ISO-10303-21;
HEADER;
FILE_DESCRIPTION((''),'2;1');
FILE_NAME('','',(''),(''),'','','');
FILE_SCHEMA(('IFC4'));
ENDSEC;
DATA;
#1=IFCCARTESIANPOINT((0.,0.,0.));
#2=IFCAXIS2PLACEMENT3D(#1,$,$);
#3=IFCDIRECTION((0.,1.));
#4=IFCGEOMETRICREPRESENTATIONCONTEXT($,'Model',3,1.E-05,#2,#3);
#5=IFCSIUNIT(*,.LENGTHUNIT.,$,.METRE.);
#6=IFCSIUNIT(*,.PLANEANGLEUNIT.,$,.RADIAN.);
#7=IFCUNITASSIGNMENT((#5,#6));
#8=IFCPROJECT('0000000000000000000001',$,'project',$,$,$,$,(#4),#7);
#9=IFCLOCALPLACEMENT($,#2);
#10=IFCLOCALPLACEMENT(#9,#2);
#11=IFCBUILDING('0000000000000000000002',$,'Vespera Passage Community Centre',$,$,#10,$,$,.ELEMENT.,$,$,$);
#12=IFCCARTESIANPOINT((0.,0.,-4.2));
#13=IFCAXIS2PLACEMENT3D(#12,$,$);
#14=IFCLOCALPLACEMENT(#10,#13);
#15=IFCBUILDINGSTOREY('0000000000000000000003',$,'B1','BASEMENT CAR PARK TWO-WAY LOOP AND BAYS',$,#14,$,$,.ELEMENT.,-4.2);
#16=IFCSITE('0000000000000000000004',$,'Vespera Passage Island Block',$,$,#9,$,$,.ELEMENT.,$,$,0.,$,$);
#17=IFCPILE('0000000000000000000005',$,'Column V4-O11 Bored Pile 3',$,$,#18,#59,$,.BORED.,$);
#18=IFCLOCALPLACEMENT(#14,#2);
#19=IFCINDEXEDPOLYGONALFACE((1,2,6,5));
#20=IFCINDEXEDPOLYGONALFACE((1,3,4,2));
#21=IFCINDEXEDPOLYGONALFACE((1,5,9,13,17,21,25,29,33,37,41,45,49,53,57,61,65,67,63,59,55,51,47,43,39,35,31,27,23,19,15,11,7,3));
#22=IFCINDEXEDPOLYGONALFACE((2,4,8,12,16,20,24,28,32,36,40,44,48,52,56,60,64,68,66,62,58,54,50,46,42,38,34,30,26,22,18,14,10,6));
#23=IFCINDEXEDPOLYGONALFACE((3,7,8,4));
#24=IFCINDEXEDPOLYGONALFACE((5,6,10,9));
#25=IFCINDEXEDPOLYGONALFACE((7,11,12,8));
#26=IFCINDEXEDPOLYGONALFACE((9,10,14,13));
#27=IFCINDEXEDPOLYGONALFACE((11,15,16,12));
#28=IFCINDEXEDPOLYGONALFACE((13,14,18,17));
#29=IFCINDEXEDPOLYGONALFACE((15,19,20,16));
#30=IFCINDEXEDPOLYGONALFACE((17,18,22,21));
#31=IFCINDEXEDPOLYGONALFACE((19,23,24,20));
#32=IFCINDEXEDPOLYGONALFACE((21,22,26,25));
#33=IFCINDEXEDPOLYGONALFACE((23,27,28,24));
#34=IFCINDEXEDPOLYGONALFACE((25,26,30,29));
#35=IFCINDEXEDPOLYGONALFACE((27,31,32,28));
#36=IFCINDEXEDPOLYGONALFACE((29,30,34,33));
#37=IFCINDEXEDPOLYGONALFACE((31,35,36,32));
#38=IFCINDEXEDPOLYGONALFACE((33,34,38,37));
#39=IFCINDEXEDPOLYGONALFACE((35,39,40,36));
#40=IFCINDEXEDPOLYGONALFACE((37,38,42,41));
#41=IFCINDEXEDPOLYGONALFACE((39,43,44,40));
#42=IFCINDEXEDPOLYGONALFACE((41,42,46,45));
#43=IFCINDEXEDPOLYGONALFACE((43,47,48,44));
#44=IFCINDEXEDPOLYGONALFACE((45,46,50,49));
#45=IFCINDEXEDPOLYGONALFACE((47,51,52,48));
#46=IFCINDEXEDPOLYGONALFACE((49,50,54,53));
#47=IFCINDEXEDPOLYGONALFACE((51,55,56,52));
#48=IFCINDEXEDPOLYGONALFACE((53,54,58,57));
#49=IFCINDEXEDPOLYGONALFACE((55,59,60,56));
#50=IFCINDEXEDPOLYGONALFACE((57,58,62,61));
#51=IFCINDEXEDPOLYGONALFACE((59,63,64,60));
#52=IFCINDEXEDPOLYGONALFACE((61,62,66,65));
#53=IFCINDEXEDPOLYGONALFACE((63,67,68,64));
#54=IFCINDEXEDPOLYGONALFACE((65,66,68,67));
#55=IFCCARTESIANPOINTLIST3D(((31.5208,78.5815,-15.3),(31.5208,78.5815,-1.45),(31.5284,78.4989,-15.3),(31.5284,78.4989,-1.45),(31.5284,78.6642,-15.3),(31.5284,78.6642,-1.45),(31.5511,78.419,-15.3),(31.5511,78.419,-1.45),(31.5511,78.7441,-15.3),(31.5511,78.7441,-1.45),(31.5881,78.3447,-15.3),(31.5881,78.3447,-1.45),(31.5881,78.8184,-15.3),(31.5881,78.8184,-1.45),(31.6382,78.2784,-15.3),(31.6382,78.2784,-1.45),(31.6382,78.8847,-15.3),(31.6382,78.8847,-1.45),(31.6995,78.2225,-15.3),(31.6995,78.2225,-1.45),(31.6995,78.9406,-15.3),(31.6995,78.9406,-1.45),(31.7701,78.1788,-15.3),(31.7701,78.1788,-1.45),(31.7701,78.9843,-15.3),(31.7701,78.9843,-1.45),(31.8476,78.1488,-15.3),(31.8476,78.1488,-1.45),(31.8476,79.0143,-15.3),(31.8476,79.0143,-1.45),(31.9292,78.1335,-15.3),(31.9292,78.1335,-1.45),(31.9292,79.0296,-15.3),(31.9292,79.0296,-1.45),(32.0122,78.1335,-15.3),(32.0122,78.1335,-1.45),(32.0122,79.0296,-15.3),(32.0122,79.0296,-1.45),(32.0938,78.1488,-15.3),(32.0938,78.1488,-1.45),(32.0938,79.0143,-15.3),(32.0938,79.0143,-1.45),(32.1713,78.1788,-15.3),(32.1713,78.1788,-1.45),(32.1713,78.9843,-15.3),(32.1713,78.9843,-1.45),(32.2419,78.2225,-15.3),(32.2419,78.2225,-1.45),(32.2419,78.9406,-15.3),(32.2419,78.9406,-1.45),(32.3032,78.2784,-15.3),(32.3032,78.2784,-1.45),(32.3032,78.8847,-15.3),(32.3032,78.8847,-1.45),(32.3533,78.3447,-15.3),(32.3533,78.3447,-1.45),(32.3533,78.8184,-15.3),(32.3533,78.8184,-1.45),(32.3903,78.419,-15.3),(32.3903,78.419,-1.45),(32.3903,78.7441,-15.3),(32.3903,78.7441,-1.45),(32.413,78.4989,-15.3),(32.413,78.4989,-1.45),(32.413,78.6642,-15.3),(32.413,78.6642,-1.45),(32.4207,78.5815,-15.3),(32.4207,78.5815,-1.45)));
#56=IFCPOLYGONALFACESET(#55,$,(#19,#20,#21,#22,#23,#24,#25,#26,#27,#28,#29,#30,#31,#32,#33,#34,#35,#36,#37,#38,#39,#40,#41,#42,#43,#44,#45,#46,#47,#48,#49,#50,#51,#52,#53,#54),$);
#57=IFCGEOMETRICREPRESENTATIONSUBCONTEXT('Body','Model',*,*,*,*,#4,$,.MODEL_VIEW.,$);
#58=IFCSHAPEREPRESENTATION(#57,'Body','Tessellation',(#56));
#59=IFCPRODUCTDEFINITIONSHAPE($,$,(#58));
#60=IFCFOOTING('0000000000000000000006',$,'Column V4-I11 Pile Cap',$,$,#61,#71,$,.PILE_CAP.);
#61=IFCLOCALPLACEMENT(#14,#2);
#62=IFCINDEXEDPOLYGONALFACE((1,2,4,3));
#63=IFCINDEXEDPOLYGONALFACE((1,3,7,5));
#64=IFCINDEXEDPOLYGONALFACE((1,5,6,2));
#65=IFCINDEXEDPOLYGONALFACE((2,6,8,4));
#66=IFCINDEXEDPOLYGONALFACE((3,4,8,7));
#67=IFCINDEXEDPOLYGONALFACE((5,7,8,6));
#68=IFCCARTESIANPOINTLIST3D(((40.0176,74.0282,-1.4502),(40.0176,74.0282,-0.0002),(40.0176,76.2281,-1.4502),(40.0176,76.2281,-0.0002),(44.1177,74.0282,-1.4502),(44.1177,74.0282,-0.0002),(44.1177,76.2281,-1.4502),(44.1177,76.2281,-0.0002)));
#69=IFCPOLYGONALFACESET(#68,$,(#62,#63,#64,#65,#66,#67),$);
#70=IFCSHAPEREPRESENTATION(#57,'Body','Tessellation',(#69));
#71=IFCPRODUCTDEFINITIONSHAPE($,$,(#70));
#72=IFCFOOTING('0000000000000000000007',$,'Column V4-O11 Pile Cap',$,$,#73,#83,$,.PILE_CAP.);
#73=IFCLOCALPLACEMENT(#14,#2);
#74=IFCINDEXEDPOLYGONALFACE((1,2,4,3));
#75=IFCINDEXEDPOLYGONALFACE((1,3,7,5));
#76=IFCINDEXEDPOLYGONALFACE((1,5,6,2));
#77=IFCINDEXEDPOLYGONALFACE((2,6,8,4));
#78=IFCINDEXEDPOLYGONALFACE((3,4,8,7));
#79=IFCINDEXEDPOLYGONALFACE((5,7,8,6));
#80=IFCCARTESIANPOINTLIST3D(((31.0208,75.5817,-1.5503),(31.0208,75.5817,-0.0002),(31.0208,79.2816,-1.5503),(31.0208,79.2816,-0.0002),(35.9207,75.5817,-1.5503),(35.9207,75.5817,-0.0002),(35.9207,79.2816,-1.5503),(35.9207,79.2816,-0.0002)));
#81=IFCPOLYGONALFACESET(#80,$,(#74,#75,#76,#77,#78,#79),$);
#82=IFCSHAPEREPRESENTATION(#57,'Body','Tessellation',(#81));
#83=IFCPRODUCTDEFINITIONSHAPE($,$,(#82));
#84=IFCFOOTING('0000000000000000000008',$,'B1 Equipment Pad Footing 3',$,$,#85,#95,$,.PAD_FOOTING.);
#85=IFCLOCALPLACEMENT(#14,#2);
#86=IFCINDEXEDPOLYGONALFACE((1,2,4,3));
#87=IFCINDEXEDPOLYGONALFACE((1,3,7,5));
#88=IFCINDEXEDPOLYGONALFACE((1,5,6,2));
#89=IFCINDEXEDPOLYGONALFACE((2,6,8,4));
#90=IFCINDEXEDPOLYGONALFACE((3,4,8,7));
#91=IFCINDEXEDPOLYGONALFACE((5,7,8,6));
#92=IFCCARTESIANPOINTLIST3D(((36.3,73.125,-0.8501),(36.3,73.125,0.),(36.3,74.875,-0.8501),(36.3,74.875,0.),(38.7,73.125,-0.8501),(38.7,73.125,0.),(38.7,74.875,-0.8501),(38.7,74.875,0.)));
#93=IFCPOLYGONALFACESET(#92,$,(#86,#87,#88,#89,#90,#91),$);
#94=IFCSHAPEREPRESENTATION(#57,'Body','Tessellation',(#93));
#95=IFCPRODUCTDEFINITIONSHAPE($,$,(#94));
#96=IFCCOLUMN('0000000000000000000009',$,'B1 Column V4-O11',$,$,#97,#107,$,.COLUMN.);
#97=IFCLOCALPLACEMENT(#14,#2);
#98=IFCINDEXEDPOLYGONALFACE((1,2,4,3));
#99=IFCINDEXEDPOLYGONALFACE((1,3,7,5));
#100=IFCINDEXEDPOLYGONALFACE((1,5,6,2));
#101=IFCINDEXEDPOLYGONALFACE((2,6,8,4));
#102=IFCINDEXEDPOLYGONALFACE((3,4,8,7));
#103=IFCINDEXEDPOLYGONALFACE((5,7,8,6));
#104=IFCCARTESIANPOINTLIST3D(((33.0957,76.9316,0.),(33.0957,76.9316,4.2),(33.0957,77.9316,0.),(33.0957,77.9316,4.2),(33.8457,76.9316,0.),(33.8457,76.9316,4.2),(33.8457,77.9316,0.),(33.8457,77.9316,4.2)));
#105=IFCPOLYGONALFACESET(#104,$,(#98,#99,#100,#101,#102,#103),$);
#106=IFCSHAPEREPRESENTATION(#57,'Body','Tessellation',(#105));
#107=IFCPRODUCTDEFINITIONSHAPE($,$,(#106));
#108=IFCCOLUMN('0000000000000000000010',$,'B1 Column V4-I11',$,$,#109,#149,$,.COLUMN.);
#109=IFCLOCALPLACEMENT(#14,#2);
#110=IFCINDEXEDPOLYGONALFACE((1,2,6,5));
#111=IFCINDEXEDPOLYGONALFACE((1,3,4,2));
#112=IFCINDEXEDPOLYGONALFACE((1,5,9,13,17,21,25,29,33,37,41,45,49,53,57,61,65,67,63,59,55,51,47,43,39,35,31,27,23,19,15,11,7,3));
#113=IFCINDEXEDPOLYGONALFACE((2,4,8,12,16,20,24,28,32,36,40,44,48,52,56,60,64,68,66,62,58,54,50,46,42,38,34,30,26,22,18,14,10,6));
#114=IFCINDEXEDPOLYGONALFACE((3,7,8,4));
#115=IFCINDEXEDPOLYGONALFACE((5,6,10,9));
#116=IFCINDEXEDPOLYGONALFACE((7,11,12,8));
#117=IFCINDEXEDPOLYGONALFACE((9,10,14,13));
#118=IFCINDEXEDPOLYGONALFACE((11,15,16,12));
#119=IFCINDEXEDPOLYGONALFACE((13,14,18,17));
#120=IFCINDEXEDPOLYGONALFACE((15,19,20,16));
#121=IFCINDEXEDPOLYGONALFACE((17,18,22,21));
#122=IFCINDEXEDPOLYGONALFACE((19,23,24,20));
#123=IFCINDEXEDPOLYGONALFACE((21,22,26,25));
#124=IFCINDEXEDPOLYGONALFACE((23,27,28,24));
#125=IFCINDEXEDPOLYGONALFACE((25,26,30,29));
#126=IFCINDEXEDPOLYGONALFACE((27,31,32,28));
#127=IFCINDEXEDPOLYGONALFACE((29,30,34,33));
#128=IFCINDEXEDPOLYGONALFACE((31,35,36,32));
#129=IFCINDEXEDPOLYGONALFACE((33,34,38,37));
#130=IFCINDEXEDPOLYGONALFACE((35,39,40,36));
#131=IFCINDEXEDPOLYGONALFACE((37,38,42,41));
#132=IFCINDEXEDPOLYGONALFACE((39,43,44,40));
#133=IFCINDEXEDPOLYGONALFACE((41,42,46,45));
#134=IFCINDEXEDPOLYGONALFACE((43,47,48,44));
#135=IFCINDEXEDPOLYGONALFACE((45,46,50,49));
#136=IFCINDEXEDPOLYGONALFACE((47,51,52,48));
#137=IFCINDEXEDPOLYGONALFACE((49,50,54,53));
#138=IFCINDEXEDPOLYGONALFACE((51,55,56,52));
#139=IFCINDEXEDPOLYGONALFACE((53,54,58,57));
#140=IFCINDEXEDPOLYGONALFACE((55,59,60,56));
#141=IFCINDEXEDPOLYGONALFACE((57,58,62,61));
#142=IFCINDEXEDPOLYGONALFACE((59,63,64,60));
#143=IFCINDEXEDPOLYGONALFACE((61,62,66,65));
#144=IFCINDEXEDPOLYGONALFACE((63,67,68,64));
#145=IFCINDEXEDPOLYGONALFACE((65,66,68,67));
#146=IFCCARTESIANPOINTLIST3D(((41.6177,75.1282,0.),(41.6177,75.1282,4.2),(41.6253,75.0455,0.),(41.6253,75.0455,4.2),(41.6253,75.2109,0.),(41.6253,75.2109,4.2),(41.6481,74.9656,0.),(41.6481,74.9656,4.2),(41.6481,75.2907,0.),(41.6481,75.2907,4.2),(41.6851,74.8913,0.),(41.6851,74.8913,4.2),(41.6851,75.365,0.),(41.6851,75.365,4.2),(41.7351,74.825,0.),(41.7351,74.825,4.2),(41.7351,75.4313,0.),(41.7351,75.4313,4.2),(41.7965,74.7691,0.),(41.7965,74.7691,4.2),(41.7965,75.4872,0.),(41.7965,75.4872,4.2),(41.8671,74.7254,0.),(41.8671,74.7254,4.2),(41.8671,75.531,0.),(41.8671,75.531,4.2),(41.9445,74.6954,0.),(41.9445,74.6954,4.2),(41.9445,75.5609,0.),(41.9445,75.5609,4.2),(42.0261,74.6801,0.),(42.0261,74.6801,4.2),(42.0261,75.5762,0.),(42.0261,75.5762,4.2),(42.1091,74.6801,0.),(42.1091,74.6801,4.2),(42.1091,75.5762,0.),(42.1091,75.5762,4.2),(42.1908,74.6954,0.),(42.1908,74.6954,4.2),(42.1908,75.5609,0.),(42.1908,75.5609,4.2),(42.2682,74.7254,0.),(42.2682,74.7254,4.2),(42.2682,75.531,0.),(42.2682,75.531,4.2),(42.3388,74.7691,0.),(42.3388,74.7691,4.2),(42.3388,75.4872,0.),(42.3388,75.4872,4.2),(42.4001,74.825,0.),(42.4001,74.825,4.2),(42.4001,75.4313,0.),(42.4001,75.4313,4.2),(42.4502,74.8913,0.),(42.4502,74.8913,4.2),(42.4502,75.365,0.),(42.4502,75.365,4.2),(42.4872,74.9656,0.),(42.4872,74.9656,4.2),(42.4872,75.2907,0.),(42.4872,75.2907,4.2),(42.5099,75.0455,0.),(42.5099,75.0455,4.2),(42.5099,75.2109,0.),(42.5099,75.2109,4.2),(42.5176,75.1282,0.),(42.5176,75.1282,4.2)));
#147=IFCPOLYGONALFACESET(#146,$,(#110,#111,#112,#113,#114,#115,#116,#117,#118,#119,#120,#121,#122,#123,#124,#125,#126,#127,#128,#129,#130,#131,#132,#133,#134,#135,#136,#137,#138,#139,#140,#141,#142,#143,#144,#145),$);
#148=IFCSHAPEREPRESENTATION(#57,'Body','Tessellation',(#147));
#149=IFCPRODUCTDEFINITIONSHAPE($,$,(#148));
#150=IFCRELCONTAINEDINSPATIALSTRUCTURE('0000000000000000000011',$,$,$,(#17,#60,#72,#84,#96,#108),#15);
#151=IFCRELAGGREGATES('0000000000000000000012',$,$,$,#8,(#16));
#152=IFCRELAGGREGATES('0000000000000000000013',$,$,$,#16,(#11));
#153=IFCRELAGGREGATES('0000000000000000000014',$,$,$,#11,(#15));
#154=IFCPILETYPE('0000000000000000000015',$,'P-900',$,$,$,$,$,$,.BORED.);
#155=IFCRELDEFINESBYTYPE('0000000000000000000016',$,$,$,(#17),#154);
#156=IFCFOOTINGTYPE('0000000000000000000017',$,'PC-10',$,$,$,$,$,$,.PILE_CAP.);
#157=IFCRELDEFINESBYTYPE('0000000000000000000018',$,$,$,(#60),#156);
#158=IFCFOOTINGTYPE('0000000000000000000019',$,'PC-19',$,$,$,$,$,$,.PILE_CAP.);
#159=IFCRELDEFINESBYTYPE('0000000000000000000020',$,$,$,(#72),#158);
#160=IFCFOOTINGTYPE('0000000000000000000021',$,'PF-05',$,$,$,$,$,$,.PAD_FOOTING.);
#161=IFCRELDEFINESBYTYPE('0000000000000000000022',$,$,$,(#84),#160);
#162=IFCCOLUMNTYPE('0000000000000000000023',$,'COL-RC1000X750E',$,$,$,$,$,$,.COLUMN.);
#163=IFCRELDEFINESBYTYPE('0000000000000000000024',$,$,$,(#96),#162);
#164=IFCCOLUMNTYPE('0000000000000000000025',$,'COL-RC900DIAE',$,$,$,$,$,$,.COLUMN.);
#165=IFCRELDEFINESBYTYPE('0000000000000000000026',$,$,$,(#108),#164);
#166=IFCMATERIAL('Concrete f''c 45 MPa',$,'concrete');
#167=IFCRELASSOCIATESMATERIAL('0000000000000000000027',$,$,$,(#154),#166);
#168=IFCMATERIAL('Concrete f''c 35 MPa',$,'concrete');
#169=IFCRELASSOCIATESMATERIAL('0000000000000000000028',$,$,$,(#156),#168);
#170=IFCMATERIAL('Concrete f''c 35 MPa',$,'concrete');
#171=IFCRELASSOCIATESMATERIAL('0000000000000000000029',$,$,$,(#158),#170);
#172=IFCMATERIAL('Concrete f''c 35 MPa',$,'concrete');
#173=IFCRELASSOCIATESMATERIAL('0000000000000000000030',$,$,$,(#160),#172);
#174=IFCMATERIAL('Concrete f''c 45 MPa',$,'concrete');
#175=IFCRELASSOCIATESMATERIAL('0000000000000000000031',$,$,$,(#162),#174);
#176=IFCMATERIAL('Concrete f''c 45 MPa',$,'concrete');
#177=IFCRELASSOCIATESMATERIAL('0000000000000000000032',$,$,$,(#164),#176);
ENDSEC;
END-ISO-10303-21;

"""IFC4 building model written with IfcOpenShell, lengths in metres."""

from ifc_helpers import new_model, si_unit, direction, frame, origin, origin_2d, place, context, subcontext, project, spatial, rectangle, circle, extrude, material, material_profile, profile_set, type_object, element, save


model = new_model("IFC4")

# Units and contexts
model_context = context("Model", 3, precision=1e-05, world=origin(), true_north=direction((0.0, 1.0)))
body_context = subcontext(model_context, "Body", "Model", "MODEL_VIEW")
ifc_project = project(units=[si_unit("LENGTHUNIT", "METRE"), si_unit("PLANEANGLEUNIT", "RADIAN")], contexts=[model_context])

# Site, building, storey
site_placement = place(None, origin())
site = spatial("IfcSite", under=ifc_project, at=site_placement, Name="Vespera Passage Island Block", CompositionType="ELEMENT", RefElevation=0.0)
building_placement = place(site_placement, origin())
building = spatial("IfcBuilding", under=site, at=building_placement, Name="Vespera Passage Community Centre", CompositionType="ELEMENT")
storey_placement = place(building_placement, frame((0.0, 0.0, -4.2)))
storey = spatial("IfcBuildingStorey", under=building, at=storey_placement, Name="B1", Description="BASEMENT CAR PARK TWO-WAY LOOP AND BAYS", CompositionType="ELEMENT", Elevation=-4.2)

# Pile
ifc_material_1 = material(Name="Concrete f'c 45 MPa", Category="concrete")
ifc_material_profile_1 = material_profile(ifc_material_1, circle(Radius=0.45, at=origin_2d()), Name="PILE900DIA")
ifc_profile_set_1 = profile_set([ifc_material_profile_1], Name="Concrete f'c 45 MPa")
pile_type = type_object("IfcPileType", Name="P-900", PredefinedType="BORED", material=ifc_profile_set_1)
for number, where, z_axis, x_axis, name in (
    (1, (31.9707, 78.5815, -1.45), (0.0, 0.0, -1.0), (1.0, 0.0, 0.0), "Column V4-O11 Bored Pile 3"),
):
    element("IfcPile", number, at=place(storey_placement, frame(where, z_axis=z_axis, x_axis=x_axis)), inside=storey, type_object=pile_type, Name=name, PredefinedType="BORED", context=body_context, shape_type="SweptSolid", body=[
        extrude(circle(Radius=0.45, at=origin_2d()), origin(), (0.0, 0.0, 1.0), 13.8501),
    ])

# Footings
ifc_material_2 = material(Name="Concrete f'c 35 MPa", Category="concrete")
footing_type_1 = type_object("IfcFootingType", Name="PC-10", PredefinedType="PILE_CAP", material=ifc_material_2)
footing_1_placement = place(storey_placement, frame((42.0676, 75.1282, -1.4502), z_axis=(0.0, 0.0, 1.0), x_axis=(1.0, 0.0, 0.0)))
element("IfcFooting", 2, at=footing_1_placement, inside=storey, type_object=footing_type_1, Name="Column V4-I11 Pile Cap", PredefinedType="PILE_CAP", context=body_context, shape_type="SweptSolid", body=[
    extrude(rectangle(XDim=4.1001, YDim=2.2, at=origin_2d()), origin(), (0.0, 0.0, 1.0), 1.45),
])
ifc_material_3 = material(Name="Concrete f'c 35 MPa", Category="concrete")
footing_type_2 = type_object("IfcFootingType", Name="PC-19", PredefinedType="PILE_CAP", material=ifc_material_3)
footing_2_placement = place(storey_placement, frame((33.4707, 77.4316, -1.5503), z_axis=(0.0, 0.0, 1.0), x_axis=(1.0, 0.0, 0.0)))
element("IfcFooting", 3, at=footing_2_placement, inside=storey, type_object=footing_type_2, Name="Column V4-O11 Pile Cap", PredefinedType="PILE_CAP", context=body_context, shape_type="SweptSolid", body=[
    extrude(rectangle(XDim=4.8999, YDim=3.7, at=origin_2d()), origin(), (0.0, 0.0, 1.0), 1.55),
])
ifc_material_4 = material(Name="Concrete f'c 35 MPa", Category="concrete")
footing_type_3 = type_object("IfcFootingType", Name="PF-05", PredefinedType="PAD_FOOTING", material=ifc_material_4)
footing_3_placement = place(storey_placement, frame((37.5, 74.0, -0.8501), z_axis=(0.0, 0.0, 1.0), x_axis=(1.0, 0.0, 0.0)))
element("IfcFooting", 4, at=footing_3_placement, inside=storey, type_object=footing_type_3, Name="B1 Equipment Pad Footing 3", PredefinedType="PAD_FOOTING", context=body_context, shape_type="SweptSolid", body=[
    extrude(rectangle(XDim=2.3999, YDim=1.75, at=origin_2d()), origin(), (0.0, 0.0, 1.0), 0.8501),
])

# Columns
ifc_material_5 = material(Name="Concrete f'c 45 MPa", Category="concrete")
ifc_material_profile_2 = material_profile(ifc_material_5, rectangle(XDim=0.75, YDim=1.0, at=origin_2d()), Name="RC1000X750")
ifc_profile_set_2 = profile_set([ifc_material_profile_2], Name="Concrete f'c 45 MPa")
column_type_1 = type_object("IfcColumnType", Name="COL-RC1000X750E", PredefinedType="COLUMN", material=ifc_profile_set_2)
column_1_placement = place(storey_placement, frame((33.4707, 77.4316, 0.0), z_axis=(0.0, 0.0, 1.0), x_axis=(1.0, 0.0, 0.0)))
element("IfcColumn", 5, at=column_1_placement, inside=storey, type_object=column_type_1, Name="B1 Column V4-O11", PredefinedType="COLUMN", context=body_context, shape_type="SweptSolid", body=[
    extrude(rectangle(XDim=0.75, YDim=1.0, at=origin_2d()), origin(), (0.0, 0.0, 1.0), 4.2),
])
ifc_material_6 = material(Name="Concrete f'c 45 MPa", Category="concrete")
ifc_material_profile_3 = material_profile(ifc_material_6, circle(Radius=0.45, at=origin_2d()), Name="RC900DIA")
ifc_profile_set_3 = profile_set([ifc_material_profile_3], Name="Concrete f'c 45 MPa")
column_type_2 = type_object("IfcColumnType", Name="COL-RC900DIAE", PredefinedType="COLUMN", material=ifc_profile_set_3)
column_2_placement = place(storey_placement, frame((42.0676, 75.1282, 0.0), z_axis=(0.0, 0.0, 1.0), x_axis=(1.0, 0.0, 0.0)))
element("IfcColumn", 6, at=column_2_placement, inside=storey, type_object=column_type_2, Name="B1 Column V4-I11", PredefinedType="COLUMN", context=body_context, shape_type="SweptSolid", body=[
    extrude(circle(Radius=0.45, at=origin_2d()), origin(), (0.0, 0.0, 1.0), 4.2),
])

save(model, "model.ifc")
